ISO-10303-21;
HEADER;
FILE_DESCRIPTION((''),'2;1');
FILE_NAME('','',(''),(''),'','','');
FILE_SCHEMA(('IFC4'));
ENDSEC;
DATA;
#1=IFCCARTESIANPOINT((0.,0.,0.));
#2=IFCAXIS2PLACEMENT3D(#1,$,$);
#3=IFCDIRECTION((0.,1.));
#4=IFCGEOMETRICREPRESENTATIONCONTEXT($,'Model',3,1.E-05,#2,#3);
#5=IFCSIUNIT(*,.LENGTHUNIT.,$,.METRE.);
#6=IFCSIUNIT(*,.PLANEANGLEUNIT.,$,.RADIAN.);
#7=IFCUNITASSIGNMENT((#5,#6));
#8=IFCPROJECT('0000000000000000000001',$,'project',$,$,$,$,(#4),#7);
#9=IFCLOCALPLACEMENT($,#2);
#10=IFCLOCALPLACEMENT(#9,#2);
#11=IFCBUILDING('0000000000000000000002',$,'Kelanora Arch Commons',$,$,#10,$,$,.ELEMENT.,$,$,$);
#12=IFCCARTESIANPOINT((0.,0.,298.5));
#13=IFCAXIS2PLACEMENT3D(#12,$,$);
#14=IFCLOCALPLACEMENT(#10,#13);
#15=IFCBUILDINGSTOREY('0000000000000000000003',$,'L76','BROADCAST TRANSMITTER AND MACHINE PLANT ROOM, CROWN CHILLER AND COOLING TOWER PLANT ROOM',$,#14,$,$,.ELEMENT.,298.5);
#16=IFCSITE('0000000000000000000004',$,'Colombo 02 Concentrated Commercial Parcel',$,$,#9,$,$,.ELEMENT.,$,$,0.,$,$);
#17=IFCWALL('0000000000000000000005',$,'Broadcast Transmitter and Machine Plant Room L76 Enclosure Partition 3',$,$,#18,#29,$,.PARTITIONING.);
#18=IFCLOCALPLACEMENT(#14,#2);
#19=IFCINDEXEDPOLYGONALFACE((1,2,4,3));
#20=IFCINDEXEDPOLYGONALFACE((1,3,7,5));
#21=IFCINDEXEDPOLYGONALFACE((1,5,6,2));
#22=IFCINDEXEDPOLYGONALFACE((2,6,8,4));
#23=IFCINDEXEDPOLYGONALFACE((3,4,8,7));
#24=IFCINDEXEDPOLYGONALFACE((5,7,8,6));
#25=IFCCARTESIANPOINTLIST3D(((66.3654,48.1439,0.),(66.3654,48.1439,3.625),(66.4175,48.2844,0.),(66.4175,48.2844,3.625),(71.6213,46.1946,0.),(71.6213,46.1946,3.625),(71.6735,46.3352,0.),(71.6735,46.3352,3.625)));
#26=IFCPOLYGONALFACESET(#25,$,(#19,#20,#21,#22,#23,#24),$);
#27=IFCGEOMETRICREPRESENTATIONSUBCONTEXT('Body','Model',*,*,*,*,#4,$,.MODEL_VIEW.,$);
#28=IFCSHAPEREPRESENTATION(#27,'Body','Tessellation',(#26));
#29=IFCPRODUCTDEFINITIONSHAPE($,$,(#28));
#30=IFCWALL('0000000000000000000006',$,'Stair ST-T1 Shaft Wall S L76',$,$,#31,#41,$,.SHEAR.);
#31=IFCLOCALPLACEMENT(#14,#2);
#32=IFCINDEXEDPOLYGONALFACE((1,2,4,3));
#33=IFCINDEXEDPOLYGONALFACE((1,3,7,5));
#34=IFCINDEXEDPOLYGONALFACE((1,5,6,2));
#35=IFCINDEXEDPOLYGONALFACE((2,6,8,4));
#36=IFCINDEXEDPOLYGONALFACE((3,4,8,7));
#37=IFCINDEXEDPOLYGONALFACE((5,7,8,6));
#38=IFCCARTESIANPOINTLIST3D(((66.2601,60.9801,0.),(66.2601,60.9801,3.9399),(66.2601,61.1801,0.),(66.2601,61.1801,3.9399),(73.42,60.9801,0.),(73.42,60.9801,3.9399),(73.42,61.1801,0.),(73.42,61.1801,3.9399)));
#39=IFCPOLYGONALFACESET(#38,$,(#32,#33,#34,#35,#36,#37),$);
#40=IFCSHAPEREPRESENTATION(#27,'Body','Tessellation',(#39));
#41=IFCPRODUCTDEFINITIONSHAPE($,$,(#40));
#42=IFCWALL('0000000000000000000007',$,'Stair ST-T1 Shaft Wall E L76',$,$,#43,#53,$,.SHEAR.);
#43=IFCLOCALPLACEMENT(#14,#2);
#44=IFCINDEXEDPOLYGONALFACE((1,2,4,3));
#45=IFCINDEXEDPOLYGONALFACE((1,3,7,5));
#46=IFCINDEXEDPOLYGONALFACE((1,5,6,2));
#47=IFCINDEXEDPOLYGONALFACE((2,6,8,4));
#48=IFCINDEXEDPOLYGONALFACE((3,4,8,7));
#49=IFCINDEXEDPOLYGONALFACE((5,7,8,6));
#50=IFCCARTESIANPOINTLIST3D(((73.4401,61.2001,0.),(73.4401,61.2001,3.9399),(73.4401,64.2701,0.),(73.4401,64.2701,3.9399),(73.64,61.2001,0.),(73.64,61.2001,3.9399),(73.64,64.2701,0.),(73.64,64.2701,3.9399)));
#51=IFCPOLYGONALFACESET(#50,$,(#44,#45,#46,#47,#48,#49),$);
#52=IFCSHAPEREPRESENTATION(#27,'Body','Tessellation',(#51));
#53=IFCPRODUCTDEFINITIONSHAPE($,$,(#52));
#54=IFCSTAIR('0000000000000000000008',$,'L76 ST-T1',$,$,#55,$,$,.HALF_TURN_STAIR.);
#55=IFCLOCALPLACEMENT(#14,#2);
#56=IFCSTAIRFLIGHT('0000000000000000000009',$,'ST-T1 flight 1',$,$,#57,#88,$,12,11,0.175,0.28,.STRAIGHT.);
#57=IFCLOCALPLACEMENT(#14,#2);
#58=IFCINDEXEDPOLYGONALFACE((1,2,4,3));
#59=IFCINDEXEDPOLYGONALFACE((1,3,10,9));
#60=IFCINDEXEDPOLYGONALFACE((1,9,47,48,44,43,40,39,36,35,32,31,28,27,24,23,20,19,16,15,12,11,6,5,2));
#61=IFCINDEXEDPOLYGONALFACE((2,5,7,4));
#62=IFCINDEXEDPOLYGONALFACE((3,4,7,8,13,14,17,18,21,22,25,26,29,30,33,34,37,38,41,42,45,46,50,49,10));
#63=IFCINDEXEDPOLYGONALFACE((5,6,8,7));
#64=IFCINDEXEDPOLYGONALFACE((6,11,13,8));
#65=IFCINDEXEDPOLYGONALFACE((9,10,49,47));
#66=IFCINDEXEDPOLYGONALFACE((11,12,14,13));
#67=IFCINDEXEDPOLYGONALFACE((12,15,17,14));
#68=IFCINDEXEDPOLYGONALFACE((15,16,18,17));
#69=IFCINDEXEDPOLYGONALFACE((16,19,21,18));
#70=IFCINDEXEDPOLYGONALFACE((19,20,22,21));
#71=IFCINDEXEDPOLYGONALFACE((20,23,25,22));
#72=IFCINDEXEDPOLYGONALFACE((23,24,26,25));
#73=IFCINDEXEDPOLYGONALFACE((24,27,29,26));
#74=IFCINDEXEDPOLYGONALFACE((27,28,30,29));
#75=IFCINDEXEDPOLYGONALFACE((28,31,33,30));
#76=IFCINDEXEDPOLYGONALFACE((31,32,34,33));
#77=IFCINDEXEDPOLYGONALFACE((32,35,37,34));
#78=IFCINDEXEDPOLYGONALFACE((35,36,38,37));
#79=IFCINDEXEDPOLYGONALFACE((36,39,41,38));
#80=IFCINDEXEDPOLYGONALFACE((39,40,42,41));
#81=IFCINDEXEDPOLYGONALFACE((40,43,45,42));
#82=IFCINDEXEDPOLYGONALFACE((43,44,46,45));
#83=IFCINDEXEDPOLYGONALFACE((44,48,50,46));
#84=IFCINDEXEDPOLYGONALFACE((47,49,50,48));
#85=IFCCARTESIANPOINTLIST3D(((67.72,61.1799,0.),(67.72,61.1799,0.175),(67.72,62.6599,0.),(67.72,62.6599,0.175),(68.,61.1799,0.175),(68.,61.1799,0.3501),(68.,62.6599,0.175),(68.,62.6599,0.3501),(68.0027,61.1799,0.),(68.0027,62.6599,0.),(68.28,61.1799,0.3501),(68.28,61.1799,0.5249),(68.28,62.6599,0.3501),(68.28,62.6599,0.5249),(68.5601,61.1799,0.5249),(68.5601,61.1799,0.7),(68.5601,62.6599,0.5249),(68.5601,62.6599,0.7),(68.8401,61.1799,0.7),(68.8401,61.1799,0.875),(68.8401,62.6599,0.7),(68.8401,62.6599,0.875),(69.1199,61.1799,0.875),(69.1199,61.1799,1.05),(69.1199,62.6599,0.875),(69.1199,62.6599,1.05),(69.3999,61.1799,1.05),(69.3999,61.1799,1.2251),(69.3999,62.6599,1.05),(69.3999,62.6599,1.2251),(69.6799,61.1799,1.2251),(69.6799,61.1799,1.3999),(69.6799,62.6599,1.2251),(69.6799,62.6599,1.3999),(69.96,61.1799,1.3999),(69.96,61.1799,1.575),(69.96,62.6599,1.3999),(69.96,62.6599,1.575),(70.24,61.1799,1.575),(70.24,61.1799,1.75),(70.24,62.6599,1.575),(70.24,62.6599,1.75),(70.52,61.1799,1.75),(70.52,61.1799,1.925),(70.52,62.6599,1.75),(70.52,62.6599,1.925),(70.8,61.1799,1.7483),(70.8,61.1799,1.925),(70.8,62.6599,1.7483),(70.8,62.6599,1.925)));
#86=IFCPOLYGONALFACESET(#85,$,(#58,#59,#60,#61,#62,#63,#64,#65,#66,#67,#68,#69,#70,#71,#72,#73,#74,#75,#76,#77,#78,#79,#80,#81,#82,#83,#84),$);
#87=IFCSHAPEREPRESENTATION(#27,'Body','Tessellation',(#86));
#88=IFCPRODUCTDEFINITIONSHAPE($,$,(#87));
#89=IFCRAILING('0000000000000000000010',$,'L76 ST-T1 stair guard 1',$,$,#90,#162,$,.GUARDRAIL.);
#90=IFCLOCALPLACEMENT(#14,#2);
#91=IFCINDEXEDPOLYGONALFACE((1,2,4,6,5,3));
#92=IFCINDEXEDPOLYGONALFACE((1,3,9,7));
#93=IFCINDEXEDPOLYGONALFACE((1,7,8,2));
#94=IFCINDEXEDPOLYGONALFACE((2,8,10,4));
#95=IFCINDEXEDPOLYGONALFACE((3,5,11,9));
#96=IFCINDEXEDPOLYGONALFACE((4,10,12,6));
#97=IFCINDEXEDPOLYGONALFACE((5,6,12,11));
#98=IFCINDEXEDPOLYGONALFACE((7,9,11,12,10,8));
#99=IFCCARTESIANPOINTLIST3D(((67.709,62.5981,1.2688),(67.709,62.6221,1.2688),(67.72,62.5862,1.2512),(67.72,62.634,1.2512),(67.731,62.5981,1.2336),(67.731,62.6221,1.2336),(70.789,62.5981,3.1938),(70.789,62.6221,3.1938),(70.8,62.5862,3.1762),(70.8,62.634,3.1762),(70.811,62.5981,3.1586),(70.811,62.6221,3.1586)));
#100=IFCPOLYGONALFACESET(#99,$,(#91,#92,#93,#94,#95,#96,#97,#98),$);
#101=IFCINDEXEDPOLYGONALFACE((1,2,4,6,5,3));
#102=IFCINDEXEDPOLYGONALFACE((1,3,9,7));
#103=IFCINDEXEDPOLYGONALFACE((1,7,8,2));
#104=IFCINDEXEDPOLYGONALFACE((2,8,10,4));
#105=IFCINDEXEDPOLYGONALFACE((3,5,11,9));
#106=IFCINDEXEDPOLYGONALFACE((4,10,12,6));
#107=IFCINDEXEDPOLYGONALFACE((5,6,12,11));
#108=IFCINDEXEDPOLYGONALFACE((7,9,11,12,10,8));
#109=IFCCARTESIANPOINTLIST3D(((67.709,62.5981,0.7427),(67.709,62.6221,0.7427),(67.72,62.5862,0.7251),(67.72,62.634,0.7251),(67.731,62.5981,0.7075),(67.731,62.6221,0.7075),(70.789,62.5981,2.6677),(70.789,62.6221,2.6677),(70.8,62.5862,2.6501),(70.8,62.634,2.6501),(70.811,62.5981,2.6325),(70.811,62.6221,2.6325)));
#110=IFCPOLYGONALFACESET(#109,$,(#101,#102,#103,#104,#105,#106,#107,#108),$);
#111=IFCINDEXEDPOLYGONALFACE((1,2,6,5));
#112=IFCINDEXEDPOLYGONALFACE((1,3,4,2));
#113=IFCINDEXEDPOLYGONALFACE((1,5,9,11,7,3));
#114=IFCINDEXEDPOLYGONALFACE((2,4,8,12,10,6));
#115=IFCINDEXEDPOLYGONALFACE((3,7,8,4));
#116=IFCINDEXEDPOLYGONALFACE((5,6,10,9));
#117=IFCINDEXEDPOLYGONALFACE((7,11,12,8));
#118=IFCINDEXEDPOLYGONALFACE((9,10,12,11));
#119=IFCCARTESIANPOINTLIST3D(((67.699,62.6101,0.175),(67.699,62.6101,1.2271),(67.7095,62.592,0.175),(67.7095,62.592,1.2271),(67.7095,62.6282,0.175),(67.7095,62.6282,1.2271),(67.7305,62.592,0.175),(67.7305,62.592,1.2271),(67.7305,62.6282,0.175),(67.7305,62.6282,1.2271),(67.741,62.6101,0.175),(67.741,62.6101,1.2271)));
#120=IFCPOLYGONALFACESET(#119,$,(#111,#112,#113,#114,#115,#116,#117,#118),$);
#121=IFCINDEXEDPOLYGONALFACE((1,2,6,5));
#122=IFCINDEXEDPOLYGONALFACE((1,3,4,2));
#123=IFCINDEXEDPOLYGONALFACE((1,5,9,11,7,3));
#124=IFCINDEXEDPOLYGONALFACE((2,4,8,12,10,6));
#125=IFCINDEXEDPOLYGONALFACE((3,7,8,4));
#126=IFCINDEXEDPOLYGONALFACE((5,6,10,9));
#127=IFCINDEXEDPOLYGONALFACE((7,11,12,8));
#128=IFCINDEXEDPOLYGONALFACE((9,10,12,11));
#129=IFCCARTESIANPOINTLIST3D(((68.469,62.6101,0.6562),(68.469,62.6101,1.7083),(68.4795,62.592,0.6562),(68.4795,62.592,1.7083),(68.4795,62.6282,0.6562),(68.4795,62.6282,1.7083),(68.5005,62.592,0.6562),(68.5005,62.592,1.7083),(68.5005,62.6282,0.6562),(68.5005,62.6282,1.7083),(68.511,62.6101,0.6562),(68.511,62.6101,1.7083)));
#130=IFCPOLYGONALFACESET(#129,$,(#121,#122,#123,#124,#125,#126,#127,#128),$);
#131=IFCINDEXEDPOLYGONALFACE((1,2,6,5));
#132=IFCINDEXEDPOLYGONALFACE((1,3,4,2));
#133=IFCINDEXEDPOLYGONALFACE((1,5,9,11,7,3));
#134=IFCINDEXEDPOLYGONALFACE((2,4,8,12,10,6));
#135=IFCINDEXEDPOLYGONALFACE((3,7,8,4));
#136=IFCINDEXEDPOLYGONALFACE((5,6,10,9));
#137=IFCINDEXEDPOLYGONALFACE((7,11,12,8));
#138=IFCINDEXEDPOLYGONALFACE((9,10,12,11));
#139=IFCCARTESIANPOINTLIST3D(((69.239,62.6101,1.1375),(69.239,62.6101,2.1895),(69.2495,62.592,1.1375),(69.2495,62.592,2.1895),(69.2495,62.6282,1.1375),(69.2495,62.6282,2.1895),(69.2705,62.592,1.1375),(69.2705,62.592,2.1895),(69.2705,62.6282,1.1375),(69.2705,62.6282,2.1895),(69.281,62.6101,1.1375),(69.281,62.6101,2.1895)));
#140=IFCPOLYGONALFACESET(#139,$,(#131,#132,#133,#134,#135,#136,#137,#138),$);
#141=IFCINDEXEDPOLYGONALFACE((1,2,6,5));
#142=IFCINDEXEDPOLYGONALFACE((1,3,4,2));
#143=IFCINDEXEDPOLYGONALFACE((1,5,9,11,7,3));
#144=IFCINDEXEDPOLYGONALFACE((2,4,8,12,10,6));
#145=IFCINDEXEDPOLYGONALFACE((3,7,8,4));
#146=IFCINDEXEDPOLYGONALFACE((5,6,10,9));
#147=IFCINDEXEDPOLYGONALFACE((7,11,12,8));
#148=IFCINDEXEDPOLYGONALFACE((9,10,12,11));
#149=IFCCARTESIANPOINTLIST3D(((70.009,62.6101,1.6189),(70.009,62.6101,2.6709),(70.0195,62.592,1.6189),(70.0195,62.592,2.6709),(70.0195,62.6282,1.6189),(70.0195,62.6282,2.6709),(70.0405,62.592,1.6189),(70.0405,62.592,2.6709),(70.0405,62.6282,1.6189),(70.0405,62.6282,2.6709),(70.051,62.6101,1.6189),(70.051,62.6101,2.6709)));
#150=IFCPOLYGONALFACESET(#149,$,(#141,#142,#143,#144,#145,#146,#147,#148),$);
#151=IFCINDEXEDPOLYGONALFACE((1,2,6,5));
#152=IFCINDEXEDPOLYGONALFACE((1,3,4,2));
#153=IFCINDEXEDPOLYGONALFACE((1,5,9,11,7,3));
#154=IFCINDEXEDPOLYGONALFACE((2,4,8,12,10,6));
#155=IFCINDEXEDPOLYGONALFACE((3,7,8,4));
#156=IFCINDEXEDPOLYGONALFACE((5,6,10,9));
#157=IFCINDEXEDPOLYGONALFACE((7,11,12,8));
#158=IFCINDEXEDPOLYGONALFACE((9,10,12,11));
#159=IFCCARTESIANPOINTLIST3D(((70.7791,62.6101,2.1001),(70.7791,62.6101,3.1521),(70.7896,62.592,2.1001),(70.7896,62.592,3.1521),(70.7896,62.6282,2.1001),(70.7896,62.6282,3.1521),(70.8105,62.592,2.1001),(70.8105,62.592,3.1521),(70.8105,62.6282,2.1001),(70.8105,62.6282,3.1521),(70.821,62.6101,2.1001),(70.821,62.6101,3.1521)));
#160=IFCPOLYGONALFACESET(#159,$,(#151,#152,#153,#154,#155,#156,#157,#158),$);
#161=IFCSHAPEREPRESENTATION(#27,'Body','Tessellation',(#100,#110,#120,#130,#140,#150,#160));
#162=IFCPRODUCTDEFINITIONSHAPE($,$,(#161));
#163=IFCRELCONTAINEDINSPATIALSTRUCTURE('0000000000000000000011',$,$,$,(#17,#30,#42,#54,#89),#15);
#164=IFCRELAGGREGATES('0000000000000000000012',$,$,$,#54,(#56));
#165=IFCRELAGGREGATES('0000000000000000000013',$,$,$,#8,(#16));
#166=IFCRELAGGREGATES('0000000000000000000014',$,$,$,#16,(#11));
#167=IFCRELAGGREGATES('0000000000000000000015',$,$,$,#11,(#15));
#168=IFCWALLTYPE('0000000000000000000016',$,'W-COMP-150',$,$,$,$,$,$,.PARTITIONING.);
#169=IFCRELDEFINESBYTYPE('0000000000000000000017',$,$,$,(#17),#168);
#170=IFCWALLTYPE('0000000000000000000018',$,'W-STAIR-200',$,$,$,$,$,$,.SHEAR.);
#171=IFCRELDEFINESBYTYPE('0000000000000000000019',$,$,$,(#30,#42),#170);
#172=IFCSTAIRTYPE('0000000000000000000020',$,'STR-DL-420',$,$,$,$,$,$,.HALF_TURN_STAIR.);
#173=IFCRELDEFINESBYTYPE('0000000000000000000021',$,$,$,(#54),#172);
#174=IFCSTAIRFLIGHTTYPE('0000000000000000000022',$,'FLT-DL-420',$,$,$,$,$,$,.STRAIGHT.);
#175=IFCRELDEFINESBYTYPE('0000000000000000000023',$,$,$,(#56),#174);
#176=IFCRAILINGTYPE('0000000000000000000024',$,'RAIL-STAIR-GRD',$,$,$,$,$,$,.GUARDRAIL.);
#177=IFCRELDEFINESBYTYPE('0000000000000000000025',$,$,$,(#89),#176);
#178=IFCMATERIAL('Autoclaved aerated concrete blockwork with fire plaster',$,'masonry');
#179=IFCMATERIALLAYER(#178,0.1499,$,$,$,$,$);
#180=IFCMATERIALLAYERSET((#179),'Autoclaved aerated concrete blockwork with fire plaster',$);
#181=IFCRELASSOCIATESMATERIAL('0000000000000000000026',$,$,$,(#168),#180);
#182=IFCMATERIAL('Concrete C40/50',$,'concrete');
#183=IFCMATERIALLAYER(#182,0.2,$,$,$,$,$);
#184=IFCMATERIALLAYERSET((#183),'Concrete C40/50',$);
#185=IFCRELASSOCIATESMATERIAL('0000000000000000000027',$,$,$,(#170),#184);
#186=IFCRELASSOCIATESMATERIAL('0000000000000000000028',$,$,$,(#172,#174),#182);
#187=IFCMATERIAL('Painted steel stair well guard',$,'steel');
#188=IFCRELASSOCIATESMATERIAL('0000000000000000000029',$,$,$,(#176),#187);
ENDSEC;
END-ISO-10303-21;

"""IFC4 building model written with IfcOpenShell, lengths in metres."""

from ifc_helpers import new_model, si_unit, direction, frame, frame_2d, origin, place, context, subcontext, project, spatial, polyline, rectangle, outline, extrude, material, layer, layer_set, type_object, element, aggregate, save


model = new_model("IFC4")

# Units and contexts
model_context = context("Model", 3, precision=1e-05, world=origin(), true_north=direction((0.0, 1.0)))
body_context = subcontext(model_context, "Body", "Model", "MODEL_VIEW")
ifc_project = project(units=[si_unit("LENGTHUNIT", "METRE"), si_unit("PLANEANGLEUNIT", "RADIAN")], contexts=[model_context])

# Site, building, storey
site_placement = place(None, origin())
site = spatial("IfcSite", under=ifc_project, at=site_placement, Name="Colombo 02 Concentrated Commercial Parcel", CompositionType="ELEMENT", RefElevation=0.0)
building_placement = place(site_placement, origin())
building = spatial("IfcBuilding", under=site, at=building_placement, Name="Kelanora Arch Commons", CompositionType="ELEMENT")
storey_placement = place(building_placement, frame((0.0, 0.0, 298.5)))
storey = spatial("IfcBuildingStorey", under=building, at=storey_placement, Name="L76", Description="BROADCAST TRANSMITTER AND MACHINE PLANT ROOM, CROWN CHILLER AND COOLING TOWER PLANT ROOM", CompositionType="ELEMENT", Elevation=298.5)

# Walls
ifc_material_1 = material(Name="Autoclaved aerated concrete blockwork with fire plaster", Category="masonry")
ifc_layer_1 = layer(ifc_material_1, 0.1499)
ifc_layer_set_1 = layer_set([ifc_layer_1], Name="Autoclaved aerated concrete blockwork with fire plaster")
wall_type_1 = type_object("IfcWallType", Name="W-COMP-150", PredefinedType="PARTITIONING", material=ifc_layer_set_1)
wall_1_placement = place(storey_placement, frame((66.3916, 48.2141, 0.0), z_axis=(0.0, 0.0, 1.0), x_axis=(0.937597, -0.347723, 0.0)))
element("IfcWall", 1, at=wall_1_placement, inside=storey, type_object=wall_type_1, Name="Broadcast Transmitter and Machine Plant Room L76 Enclosure Partition 3", PredefinedType="PARTITIONING", context=body_context, shape_type="SweptSolid", body=[
    extrude(rectangle(XDim=5.6057, YDim=0.1499, at=frame_2d((2.8027, 0.0))), origin(), (0.0, 0.0, 1.0), 3.625),
])
ifc_material_2 = material(Name="Concrete C40/50", Category="concrete")
ifc_layer_2 = layer(ifc_material_2, 0.2)
ifc_layer_set_2 = layer_set([ifc_layer_2], Name="Concrete C40/50")
wall_type_2 = type_object("IfcWallType", Name="W-STAIR-200", PredefinedType="SHEAR", material=ifc_layer_set_2)
wall_2_placement = place(storey_placement, frame((66.26, 61.0801, 0.0), z_axis=(0.0, 0.0, 1.0), x_axis=(1.0, 0.0, 0.0)))
element("IfcWall", 2, at=wall_2_placement, inside=storey, type_object=wall_type_2, Name="Stair ST-T1 Shaft Wall S L76", PredefinedType="SHEAR", context=body_context, shape_type="SweptSolid", body=[
    extrude(rectangle(XDim=7.1599, YDim=0.2, at=frame_2d((3.5801, 0.0))), origin(), (0.0, 0.0, 1.0), 3.9399),
])
wall_3_placement = place(storey_placement, frame((73.54, 61.2, 0.0), z_axis=(0.0, 0.0, 1.0), x_axis=(0.0, 1.0, 0.0)))
element("IfcWall", 3, at=wall_3_placement, inside=storey, type_object=wall_type_2, Name="Stair ST-T1 Shaft Wall E L76", PredefinedType="SHEAR", context=body_context, shape_type="SweptSolid", body=[
    extrude(rectangle(XDim=3.0701, YDim=0.2, at=frame_2d((1.5352, 0.0))), origin(), (0.0, 0.0, 1.0), 3.9399),
])

# Stair, stair flight
stair_type = type_object("IfcStairType", Name="STR-DL-420", PredefinedType="HALF_TURN_STAIR", material=ifc_material_2)
stair_placement = place(storey_placement, origin())
stair = element("IfcStair", 4, at=stair_placement, inside=storey, type_object=stair_type, Name="L76 ST-T1", PredefinedType="HALF_TURN_STAIR")
stair_flight_type = type_object("IfcStairFlightType", Name="FLT-DL-420", PredefinedType="STRAIGHT", material=ifc_material_2)
stair_flight_placement = place(storey_placement, frame((67.72, 61.9199, 0.0), z_axis=(0.0, 0.0, 1.0), x_axis=(1.0, 0.0, 0.0)))
stair_flight = element("IfcStairFlight", 5, at=stair_flight_placement, type_object=stair_flight_type, Name="ST-T1 flight 1", NumberOfRisers=12, NumberOfTreads=11, PredefinedType="STRAIGHT", RiserHeight=0.175, TreadLength=0.28, context=body_context, shape_type="SweptSolid", body=[
    extrude(outline(polyline([(0.0, 0.0), (0.0, 0.175), (0.28, 0.175), (0.28, 0.3501), (0.5601, 0.3501), (0.5601, 0.5249), (0.8401, 0.5249), (0.8401, 0.7), (1.1201, 0.7), (1.1201, 0.875), (1.3999, 0.875), (1.3999, 1.05), (1.6799, 1.05), (1.6799, 1.2251), (1.96, 1.2251), (1.96, 1.3999), (2.24, 1.3999), (2.24, 1.575), (2.52, 1.575), (2.52, 1.75), (2.8, 1.75), (2.8, 1.925), (3.0801, 1.925), (3.0801, 2.1001), (3.0801, 1.7483), (0.2827, 0.0), (0.0, 0.0)])), frame((0.0, 0.74, 0.0), z_axis=(0.0, -1.0, 0.0), x_axis=(1.0, 0.0, 0.0)), (0.0, 0.0, 1.0), 1.48),
])
aggregate(stair, [stair_flight])

# Railing
ifc_material_3 = material(Name="Painted steel stair well guard", Category="steel")
railing_type_1 = type_object("IfcRailingType", Name="RAIL-STAIR-GRD", PredefinedType="GUARDRAIL", material=ifc_material_3)
railing_1_placement = place(storey_placement, frame((67.72, 62.6101, 0.175)))
element("IfcRailing", 6, at=railing_1_placement, inside=storey, type_object=railing_type_1, Name="L76 ST-T1 stair guard 1", PredefinedType="GUARDRAIL", context=body_context, shape_type="SweptSolid", body=[
    extrude(outline(polyline([(0.0239, 0.0), (0.012, 0.0208), (-0.012, 0.0208), (-0.0239, 0.0), (-0.012, -0.0208), (0.012, -0.0208), (0.0239, 0.0)])), frame((0.0, 0.0, 1.0762), z_axis=(0.847998, 0.0, 0.529999), x_axis=(0.0, 1.0, 0.0)), (0.0, 0.0, 1.0), 3.6321),
    extrude(outline(polyline([(0.0239, 0.0), (0.012, 0.0208), (-0.012, 0.0208), (-0.0239, 0.0), (-0.012, -0.0208), (0.012, -0.0208), (0.0239, 0.0)])), frame((0.0, 0.0, 0.55), z_axis=(0.847998, 0.0, 0.529999), x_axis=(0.0, 1.0, 0.0)), (0.0, 0.0, 1.0), 3.6321),
    extrude(outline(polyline([(0.021, 0.0), (0.0105, 0.0181), (-0.0105, 0.0181), (-0.021, 0.0), (-0.0105, -0.0181), (0.0105, -0.0181), (0.021, 0.0)])), origin(), (0.0, 0.0, 1.0), 1.052),
    extrude(outline(polyline([(0.021, 0.0), (0.0105, 0.0181), (-0.0105, 0.0181), (-0.021, 0.0), (-0.0105, -0.0181), (0.0105, -0.0181), (0.021, 0.0)])), frame((0.77, 0.0, 0.4812)), (0.0, 0.0, 1.0), 1.052),
    extrude(outline(polyline([(0.021, 0.0), (0.0105, 0.0181), (-0.0105, 0.0181), (-0.021, 0.0), (-0.0105, -0.0181), (0.0105, -0.0181), (0.021, 0.0)])), frame((1.54, 0.0, 0.9624)), (0.0, 0.0, 1.0), 1.052),
    extrude(outline(polyline([(0.021, 0.0), (0.0105, 0.0181), (-0.0105, 0.0181), (-0.021, 0.0), (-0.0105, -0.0181), (0.0105, -0.0181), (0.021, 0.0)])), frame((2.3101, 0.0, 1.4438)), (0.0, 0.0, 1.0), 1.052),
    extrude(outline(polyline([(0.021, 0.0), (0.0105, 0.0181), (-0.0105, 0.0181), (-0.021, 0.0), (-0.0105, -0.0181), (0.0105, -0.0181), (0.021, 0.0)])), frame((3.0801, 0.0, 1.925)), (0.0, 0.0, 1.0), 1.052),
])

save(model, "model.ifc")
